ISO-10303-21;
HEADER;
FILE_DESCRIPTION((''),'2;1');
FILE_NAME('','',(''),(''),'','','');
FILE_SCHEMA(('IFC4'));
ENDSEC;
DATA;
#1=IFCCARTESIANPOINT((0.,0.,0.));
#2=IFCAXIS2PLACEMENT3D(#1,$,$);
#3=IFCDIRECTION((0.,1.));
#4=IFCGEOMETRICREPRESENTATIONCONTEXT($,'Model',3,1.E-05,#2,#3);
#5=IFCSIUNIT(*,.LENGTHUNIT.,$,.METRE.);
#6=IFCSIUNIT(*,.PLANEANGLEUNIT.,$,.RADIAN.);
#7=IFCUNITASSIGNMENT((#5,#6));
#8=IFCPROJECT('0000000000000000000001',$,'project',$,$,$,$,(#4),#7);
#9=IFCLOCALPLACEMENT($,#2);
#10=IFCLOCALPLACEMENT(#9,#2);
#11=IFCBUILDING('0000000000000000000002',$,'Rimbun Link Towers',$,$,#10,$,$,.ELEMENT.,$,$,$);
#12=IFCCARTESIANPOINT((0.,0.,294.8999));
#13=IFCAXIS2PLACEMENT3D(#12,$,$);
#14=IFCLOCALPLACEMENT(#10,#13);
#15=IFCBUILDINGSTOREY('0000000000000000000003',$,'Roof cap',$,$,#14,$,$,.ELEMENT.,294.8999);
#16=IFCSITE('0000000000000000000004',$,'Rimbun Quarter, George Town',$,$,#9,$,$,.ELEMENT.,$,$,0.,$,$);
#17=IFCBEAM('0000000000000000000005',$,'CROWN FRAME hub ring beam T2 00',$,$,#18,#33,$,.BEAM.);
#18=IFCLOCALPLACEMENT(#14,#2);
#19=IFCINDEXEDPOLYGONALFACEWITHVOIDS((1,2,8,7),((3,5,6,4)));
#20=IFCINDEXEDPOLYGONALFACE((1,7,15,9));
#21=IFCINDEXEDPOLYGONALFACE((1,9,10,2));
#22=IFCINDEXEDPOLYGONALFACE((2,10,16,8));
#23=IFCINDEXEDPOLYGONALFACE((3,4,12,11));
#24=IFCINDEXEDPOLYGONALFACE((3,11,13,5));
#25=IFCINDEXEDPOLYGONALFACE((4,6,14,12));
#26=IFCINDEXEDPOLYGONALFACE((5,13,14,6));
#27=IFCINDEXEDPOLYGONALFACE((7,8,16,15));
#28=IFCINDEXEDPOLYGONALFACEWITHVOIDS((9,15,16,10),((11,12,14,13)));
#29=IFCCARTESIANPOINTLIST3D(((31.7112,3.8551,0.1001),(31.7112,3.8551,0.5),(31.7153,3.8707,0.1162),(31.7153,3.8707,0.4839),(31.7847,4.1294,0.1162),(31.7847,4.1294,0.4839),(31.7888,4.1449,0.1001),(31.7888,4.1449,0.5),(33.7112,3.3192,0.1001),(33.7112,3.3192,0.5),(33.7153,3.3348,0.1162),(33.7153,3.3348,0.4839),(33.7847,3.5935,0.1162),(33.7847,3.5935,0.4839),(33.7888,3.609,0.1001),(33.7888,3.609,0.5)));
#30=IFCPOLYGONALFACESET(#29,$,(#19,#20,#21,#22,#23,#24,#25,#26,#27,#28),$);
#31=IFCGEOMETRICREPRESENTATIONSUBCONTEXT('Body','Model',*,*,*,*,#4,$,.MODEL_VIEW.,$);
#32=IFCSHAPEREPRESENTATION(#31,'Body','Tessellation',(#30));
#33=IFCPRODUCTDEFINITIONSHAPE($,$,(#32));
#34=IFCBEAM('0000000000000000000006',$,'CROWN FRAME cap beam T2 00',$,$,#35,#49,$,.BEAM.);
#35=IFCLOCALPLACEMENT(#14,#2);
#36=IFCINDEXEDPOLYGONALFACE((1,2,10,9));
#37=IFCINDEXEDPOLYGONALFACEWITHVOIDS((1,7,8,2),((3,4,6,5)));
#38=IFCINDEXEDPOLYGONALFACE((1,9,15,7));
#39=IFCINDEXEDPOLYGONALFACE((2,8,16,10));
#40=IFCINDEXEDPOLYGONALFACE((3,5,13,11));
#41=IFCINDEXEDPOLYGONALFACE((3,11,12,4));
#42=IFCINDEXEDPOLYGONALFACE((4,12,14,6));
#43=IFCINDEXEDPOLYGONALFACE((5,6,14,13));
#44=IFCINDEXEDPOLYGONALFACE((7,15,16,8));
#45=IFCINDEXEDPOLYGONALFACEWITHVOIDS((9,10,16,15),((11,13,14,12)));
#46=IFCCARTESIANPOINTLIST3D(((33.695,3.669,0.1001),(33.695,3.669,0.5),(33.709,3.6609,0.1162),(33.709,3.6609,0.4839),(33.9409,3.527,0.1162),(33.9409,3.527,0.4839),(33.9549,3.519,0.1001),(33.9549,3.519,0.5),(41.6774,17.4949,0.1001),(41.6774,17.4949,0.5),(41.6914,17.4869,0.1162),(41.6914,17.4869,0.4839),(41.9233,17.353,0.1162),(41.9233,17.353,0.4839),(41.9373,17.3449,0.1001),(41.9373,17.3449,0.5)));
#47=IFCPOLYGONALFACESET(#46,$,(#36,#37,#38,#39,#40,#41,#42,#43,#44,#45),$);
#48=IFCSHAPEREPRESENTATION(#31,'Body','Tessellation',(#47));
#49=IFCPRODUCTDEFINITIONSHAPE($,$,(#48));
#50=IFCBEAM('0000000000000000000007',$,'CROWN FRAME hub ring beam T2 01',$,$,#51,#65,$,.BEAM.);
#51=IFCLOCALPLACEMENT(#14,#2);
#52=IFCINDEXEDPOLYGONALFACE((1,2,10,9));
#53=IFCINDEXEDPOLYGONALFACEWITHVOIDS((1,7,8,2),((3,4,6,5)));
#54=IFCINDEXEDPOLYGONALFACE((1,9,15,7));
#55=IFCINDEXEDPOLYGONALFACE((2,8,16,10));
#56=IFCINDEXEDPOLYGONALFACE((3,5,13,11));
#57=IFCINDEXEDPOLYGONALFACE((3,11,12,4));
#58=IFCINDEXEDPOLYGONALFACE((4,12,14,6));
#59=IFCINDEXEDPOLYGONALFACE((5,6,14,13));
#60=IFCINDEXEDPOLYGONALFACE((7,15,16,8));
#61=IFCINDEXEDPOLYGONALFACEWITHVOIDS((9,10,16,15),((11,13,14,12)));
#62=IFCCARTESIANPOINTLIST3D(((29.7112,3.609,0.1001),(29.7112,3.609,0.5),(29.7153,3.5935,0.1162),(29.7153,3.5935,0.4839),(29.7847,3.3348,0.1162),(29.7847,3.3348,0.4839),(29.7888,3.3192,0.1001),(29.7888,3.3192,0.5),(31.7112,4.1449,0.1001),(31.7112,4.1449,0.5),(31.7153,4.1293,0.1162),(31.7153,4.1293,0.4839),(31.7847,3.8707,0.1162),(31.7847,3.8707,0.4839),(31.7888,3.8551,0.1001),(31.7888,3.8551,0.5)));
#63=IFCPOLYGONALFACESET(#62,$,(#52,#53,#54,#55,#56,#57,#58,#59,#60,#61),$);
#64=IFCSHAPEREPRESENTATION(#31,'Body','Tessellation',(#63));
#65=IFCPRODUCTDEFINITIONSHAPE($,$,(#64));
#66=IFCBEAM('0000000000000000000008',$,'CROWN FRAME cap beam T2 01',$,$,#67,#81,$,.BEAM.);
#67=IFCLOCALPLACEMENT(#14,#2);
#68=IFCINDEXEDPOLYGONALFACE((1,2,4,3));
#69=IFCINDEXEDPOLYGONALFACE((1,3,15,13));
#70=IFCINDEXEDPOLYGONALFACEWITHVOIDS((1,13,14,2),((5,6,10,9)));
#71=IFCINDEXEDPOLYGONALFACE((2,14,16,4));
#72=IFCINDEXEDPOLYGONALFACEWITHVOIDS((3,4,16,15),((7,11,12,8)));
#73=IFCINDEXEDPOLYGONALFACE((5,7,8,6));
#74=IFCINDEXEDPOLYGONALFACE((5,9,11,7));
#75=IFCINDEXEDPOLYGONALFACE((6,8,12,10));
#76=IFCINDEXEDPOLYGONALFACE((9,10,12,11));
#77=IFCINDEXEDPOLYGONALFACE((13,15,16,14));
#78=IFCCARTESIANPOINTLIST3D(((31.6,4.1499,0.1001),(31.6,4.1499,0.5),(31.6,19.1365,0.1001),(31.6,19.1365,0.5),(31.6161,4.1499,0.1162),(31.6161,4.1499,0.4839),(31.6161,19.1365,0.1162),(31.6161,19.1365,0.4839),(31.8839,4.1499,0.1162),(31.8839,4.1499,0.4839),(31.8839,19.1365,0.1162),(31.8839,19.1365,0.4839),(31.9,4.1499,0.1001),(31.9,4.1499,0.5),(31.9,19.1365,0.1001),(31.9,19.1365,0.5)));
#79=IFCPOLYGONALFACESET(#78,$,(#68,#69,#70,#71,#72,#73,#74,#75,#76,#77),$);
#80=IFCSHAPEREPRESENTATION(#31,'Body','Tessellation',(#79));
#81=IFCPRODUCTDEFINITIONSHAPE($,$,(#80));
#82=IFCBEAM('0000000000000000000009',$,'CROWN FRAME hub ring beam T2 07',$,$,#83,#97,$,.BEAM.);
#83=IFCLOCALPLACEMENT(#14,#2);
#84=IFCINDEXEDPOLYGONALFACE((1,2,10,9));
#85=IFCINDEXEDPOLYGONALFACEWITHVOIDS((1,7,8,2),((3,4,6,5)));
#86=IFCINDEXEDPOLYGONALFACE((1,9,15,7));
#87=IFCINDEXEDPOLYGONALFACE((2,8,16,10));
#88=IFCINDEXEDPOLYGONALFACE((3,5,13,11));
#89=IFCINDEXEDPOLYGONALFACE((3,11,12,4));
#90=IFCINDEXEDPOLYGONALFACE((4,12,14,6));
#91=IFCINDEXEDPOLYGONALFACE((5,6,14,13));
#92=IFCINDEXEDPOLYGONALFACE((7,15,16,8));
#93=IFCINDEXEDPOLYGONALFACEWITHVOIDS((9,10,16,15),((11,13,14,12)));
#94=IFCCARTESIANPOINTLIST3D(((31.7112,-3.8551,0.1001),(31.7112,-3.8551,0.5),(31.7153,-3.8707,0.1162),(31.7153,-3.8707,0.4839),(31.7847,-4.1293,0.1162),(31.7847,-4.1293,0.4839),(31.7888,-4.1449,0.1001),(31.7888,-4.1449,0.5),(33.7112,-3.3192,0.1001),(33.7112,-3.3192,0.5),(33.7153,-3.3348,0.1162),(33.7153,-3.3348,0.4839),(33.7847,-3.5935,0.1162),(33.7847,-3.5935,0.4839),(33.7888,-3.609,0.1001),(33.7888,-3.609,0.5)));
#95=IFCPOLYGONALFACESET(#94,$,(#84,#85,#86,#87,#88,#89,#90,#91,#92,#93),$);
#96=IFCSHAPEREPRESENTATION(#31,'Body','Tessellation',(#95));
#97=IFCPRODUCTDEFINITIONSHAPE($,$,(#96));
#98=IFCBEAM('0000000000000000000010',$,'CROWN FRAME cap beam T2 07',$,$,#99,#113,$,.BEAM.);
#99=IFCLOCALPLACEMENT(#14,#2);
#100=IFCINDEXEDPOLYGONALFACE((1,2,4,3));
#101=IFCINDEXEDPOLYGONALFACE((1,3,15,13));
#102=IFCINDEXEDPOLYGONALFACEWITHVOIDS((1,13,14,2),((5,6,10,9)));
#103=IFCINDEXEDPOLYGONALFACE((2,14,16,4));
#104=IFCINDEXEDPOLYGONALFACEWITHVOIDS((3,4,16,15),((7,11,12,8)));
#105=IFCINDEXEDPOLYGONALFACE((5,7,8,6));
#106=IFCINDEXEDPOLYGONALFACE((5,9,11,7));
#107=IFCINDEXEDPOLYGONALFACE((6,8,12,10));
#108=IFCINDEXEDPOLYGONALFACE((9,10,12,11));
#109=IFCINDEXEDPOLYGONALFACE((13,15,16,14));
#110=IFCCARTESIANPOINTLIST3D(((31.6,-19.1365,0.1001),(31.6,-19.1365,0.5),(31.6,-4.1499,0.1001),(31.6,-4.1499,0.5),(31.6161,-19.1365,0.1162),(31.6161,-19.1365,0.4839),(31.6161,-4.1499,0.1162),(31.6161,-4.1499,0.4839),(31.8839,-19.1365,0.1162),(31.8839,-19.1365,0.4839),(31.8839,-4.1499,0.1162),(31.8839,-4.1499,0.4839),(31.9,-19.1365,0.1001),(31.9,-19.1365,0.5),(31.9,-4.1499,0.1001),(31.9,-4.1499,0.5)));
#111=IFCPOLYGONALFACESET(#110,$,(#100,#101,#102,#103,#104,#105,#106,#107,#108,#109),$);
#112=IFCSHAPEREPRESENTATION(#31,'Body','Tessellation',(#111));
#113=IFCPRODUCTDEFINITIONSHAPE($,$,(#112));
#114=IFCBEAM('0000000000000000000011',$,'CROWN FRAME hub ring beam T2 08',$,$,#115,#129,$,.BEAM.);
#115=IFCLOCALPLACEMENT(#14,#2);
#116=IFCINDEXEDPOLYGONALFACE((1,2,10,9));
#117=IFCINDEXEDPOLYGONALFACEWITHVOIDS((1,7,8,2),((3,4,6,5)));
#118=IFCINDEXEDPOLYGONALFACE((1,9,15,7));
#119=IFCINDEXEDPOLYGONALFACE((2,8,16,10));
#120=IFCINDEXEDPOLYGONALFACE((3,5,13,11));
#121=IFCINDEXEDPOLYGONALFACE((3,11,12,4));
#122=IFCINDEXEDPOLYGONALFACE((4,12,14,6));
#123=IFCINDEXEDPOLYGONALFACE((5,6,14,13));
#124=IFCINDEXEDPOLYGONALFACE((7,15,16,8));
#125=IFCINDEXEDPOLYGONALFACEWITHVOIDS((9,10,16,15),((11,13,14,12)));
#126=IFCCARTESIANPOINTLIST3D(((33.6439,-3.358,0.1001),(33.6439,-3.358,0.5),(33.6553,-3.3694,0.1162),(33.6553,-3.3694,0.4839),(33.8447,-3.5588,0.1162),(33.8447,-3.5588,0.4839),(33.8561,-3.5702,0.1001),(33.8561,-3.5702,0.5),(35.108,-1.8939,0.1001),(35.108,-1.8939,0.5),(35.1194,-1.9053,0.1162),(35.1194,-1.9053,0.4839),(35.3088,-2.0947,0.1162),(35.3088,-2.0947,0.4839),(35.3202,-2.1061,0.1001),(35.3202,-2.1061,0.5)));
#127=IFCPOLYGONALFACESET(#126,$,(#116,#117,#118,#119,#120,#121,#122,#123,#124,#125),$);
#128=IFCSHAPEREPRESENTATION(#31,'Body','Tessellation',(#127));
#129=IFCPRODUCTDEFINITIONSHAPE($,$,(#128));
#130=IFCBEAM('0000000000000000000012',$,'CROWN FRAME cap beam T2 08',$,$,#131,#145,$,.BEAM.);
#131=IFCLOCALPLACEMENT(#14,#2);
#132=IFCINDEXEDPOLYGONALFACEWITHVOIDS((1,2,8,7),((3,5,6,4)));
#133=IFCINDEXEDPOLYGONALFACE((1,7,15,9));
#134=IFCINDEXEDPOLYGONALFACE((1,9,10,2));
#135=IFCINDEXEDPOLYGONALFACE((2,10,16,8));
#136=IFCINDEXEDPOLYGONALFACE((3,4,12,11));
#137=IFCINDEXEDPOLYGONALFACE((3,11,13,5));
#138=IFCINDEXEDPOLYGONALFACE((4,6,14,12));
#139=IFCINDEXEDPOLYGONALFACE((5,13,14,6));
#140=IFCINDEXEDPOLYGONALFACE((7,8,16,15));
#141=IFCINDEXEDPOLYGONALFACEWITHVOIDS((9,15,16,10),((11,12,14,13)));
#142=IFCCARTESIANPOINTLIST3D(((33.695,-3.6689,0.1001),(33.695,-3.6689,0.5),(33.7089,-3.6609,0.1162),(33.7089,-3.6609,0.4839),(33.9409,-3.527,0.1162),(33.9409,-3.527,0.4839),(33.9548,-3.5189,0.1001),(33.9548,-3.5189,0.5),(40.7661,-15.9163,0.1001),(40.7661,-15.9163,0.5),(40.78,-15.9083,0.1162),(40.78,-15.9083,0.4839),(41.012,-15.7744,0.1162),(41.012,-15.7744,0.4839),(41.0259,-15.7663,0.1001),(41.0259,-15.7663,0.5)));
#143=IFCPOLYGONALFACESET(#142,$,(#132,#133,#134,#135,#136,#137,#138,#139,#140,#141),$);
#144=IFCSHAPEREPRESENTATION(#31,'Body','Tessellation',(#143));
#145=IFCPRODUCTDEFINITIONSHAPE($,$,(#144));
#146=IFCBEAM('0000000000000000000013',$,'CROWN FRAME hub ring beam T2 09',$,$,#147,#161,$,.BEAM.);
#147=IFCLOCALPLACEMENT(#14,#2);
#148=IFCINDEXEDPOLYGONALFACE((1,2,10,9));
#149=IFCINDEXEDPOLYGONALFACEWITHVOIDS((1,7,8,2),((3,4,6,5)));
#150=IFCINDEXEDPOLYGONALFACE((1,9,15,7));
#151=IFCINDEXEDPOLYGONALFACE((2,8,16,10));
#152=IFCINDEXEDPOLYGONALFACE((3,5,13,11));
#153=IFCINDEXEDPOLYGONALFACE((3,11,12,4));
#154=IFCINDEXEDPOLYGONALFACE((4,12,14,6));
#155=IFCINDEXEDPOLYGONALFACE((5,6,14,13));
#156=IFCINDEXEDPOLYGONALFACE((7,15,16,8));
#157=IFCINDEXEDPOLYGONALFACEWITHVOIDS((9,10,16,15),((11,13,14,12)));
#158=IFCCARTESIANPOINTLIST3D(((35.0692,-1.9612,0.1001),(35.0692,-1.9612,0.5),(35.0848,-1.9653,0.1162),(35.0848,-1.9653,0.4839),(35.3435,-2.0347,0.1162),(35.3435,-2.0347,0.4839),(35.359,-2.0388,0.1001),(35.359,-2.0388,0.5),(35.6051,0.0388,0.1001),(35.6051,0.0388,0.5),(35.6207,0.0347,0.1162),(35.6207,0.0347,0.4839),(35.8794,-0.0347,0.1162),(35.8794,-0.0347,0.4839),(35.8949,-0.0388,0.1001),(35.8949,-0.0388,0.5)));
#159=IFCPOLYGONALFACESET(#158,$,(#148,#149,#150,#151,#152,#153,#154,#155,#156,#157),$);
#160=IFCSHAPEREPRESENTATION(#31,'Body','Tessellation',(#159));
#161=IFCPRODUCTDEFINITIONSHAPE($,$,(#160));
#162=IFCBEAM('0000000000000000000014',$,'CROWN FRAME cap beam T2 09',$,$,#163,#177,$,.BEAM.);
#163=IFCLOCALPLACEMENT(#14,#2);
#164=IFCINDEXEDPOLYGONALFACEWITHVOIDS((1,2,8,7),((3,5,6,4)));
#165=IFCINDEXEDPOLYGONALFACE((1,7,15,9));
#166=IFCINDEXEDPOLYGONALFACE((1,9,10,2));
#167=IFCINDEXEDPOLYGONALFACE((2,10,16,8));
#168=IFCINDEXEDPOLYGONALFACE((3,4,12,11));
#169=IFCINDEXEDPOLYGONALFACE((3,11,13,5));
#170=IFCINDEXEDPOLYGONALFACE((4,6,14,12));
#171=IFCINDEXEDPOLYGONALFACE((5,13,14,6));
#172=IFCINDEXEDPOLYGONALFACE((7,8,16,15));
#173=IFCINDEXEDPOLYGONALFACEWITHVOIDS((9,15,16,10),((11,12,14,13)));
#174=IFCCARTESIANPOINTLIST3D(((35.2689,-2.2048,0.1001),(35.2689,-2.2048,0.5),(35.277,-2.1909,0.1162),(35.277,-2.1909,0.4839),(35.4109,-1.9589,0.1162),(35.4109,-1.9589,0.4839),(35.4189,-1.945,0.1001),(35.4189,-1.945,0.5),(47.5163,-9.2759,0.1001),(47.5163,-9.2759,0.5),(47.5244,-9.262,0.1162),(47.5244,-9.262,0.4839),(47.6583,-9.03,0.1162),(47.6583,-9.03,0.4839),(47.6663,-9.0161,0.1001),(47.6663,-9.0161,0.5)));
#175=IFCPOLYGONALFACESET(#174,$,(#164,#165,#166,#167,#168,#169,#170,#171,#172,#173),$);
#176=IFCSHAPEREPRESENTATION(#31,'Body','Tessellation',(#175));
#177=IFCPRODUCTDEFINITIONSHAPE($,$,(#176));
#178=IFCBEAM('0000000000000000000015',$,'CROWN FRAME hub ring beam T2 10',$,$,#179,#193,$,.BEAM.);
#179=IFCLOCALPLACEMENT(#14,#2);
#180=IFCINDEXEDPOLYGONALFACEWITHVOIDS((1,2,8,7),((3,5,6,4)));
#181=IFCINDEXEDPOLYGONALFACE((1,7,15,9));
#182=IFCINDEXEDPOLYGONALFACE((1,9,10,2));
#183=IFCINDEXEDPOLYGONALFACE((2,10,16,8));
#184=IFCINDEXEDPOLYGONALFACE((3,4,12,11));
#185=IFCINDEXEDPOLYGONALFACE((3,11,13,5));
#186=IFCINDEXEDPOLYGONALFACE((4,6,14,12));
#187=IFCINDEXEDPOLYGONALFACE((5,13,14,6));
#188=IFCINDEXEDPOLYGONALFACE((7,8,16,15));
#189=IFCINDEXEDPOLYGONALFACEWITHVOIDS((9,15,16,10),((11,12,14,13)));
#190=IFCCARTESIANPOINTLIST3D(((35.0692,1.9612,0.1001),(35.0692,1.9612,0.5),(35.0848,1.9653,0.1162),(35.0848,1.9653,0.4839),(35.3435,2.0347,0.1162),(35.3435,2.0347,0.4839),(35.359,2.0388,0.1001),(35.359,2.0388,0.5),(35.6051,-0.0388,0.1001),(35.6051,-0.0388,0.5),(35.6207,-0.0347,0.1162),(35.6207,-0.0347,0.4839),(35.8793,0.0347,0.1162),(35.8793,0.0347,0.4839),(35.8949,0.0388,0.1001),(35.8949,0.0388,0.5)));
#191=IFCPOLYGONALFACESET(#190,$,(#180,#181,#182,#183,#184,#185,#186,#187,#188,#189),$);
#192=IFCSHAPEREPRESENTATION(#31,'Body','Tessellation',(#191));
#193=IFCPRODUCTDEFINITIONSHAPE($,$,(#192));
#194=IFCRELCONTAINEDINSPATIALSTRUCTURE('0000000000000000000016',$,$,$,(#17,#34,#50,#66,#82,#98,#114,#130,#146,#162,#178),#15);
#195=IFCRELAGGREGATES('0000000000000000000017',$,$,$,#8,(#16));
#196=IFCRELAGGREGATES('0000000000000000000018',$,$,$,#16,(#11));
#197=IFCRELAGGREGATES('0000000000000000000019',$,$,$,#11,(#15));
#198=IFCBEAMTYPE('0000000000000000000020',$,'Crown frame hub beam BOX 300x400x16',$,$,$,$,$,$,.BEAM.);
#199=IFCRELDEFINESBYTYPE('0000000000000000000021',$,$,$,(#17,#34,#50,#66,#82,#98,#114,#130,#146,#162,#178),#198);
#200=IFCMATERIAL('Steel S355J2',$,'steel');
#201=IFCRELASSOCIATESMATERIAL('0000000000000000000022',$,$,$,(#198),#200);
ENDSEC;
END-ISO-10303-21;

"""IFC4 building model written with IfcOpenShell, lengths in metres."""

from ifc_helpers import new_model, si_unit, direction, frame, origin, origin_2d, place, context, subcontext, project, spatial, hollow_rectangle, extrude, material, material_profile, profile_set, type_object, element, save


model = new_model("IFC4")

# Units and contexts
model_context = context("Model", 3, precision=1e-05, world=origin(), true_north=direction((0.0, 1.0)))
body_context = subcontext(model_context, "Body", "Model", "MODEL_VIEW")
ifc_project = project(units=[si_unit("LENGTHUNIT", "METRE"), si_unit("PLANEANGLEUNIT", "RADIAN")], contexts=[model_context])

# Site, building, storey
site_placement = place(None, origin())
site = spatial("IfcSite", under=ifc_project, at=site_placement, Name="Rimbun Quarter, George Town", CompositionType="ELEMENT", RefElevation=0.0)
building_placement = place(site_placement, origin())
building = spatial("IfcBuilding", under=site, at=building_placement, Name="Rimbun Link Towers", CompositionType="ELEMENT")
storey_placement = place(building_placement, frame((0.0, 0.0, 294.8999)))
storey = spatial("IfcBuildingStorey", under=building, at=storey_placement, Name="Roof cap", CompositionType="ELEMENT", Elevation=294.8999)

# Beams
ifc_material_1 = material(Name="Steel S355J2", Category="steel")
ifc_material_profile_1 = material_profile(ifc_material_1, hollow_rectangle(XDim=0.3, YDim=0.3999, WallThickness=0.0161, at=origin_2d()), Name="Crown frame hub beam BOX 300x400x16")
ifc_profile_set_1 = profile_set([ifc_material_profile_1], Name="Steel S355J2")
beam_type_1 = type_object("IfcBeamType", Name="Crown frame hub beam BOX 300x400x16", PredefinedType="BEAM", material=ifc_profile_set_1)
beam_1_placement = place(storey_placement, frame((33.75, 3.4641, 0.3), z_axis=(-0.965927, 0.258815, 0.0), x_axis=(-0.258815, -0.965927, 0.0)))
element("IfcBeam", 1, at=beam_1_placement, inside=storey, type_object=beam_type_1, Name="CROWN FRAME hub ring beam T2 00", PredefinedType="BEAM", context=body_context, shape_type="SweptSolid", body=[
    extrude(hollow_rectangle(XDim=0.3, YDim=0.3999, WallThickness=0.0161, at=origin_2d()), origin(), (0.0, 0.0, 1.0), 2.0706),
])
beam_2_placement = place(storey_placement, frame((41.8074, 17.4199, 0.3), z_axis=(-0.500001, -0.866025, 0.0), x_axis=(0.866025, -0.500001, 0.0)))
element("IfcBeam", 2, at=beam_2_placement, inside=storey, type_object=beam_type_1, Name="CROWN FRAME cap beam T2 00", PredefinedType="BEAM", context=body_context, shape_type="SweptSolid", body=[
    extrude(hollow_rectangle(XDim=0.3, YDim=0.3999, WallThickness=0.0161, at=origin_2d()), origin(), (0.0, 0.0, 1.0), 15.9648),
])
beam_3_placement = place(storey_placement, frame((31.75, 4.0, 0.3), z_axis=(-0.965927, -0.258815, 0.0), x_axis=(0.258815, -0.965927, 0.0)))
element("IfcBeam", 3, at=beam_3_placement, inside=storey, type_object=beam_type_1, Name="CROWN FRAME hub ring beam T2 01", PredefinedType="BEAM", context=body_context, shape_type="SweptSolid", body=[
    extrude(hollow_rectangle(XDim=0.3, YDim=0.3999, WallThickness=0.0161, at=origin_2d()), origin(), (0.0, 0.0, 1.0), 2.0706),
])
beam_4_placement = place(storey_placement, frame((31.75, 19.1365, 0.3), z_axis=(0.0, -1.0, 0.0), x_axis=(1.0, 0.0, 0.0)))
element("IfcBeam", 4, at=beam_4_placement, inside=storey, type_object=beam_type_1, Name="CROWN FRAME cap beam T2 01", PredefinedType="BEAM", context=body_context, shape_type="SweptSolid", body=[
    extrude(hollow_rectangle(XDim=0.3, YDim=0.3999, WallThickness=0.0161, at=origin_2d()), origin(), (0.0, 0.0, 1.0), 14.9866),
])
beam_5_placement = place(storey_placement, frame((31.75, -4.0, 0.3), z_axis=(0.965927, 0.258815, 0.0), x_axis=(-0.258815, 0.965927, 0.0)))
element("IfcBeam", 5, at=beam_5_placement, inside=storey, type_object=beam_type_1, Name="CROWN FRAME hub ring beam T2 07", PredefinedType="BEAM", context=body_context, shape_type="SweptSolid", body=[
    extrude(hollow_rectangle(XDim=0.3, YDim=0.3999, WallThickness=0.0161, at=origin_2d()), origin(), (0.0, 0.0, 1.0), 2.0706),
])
beam_6_placement = place(storey_placement, frame((31.75, -19.1365, 0.3), z_axis=(0.0, 1.0, 0.0), x_axis=(-1.0, 0.0, 0.0)))
element("IfcBeam", 6, at=beam_6_placement, inside=storey, type_object=beam_type_1, Name="CROWN FRAME cap beam T2 07", PredefinedType="BEAM", context=body_context, shape_type="SweptSolid", body=[
    extrude(hollow_rectangle(XDim=0.3, YDim=0.3999, WallThickness=0.0161, at=origin_2d()), origin(), (0.0, 0.0, 1.0), 14.9866),
])
beam_7_placement = place(storey_placement, frame((33.75, -3.4641, 0.3), z_axis=(0.707107, 0.707107, 0.0), x_axis=(-0.707107, 0.707107, 0.0)))
element("IfcBeam", 7, at=beam_7_placement, inside=storey, type_object=beam_type_1, Name="CROWN FRAME hub ring beam T2 08", PredefinedType="BEAM", context=body_context, shape_type="SweptSolid", body=[
    extrude(hollow_rectangle(XDim=0.3, YDim=0.3999, WallThickness=0.0161, at=origin_2d()), origin(), (0.0, 0.0, 1.0), 2.0706),
])
beam_8_placement = place(storey_placement, frame((40.896, -15.8413, 0.3), z_axis=(-0.500003, 0.866024, 0.0), x_axis=(-0.866024, -0.500003, 0.0)))
element("IfcBeam", 8, at=beam_8_placement, inside=storey, type_object=beam_type_1, Name="CROWN FRAME cap beam T2 08", PredefinedType="BEAM", context=body_context, shape_type="SweptSolid", body=[
    extrude(hollow_rectangle(XDim=0.3, YDim=0.3999, WallThickness=0.0161, at=origin_2d()), origin(), (0.0, 0.0, 1.0), 14.1421),
])
beam_9_placement = place(storey_placement, frame((35.2141, -2.0, 0.3), z_axis=(0.258815, 0.965927, 0.0), x_axis=(-0.965927, 0.258815, 0.0)))
element("IfcBeam", 9, at=beam_9_placement, inside=storey, type_object=beam_type_1, Name="CROWN FRAME hub ring beam T2 09", PredefinedType="BEAM", context=body_context, shape_type="SweptSolid", body=[
    extrude(hollow_rectangle(XDim=0.3, YDim=0.3999, WallThickness=0.0161, at=origin_2d()), origin(), (0.0, 0.0, 1.0), 2.0706),
])
beam_10_placement = place(storey_placement, frame((47.5913, -9.146, 0.3), z_axis=(-0.866024, 0.500003, 0.0), x_axis=(-0.500003, -0.866024, 0.0)))
element("IfcBeam", 10, at=beam_10_placement, inside=storey, type_object=beam_type_1, Name="CROWN FRAME cap beam T2 09", PredefinedType="BEAM", context=body_context, shape_type="SweptSolid", body=[
    extrude(hollow_rectangle(XDim=0.3, YDim=0.3999, WallThickness=0.0161, at=origin_2d()), origin(), (0.0, 0.0, 1.0), 14.1421),
])
beam_11_placement = place(storey_placement, frame((35.75, 0.0, 0.3), z_axis=(-0.258815, 0.965927, 0.0), x_axis=(-0.965927, -0.258815, 0.0)))
element("IfcBeam", 11, at=beam_11_placement, inside=storey, type_object=beam_type_1, Name="CROWN FRAME hub ring beam T2 10", PredefinedType="BEAM", context=body_context, shape_type="SweptSolid", body=[
    extrude(hollow_rectangle(XDim=0.3, YDim=0.3999, WallThickness=0.0161, at=origin_2d()), origin(), (0.0, 0.0, 1.0), 2.0706),
])

save(model, "model.ifc")
